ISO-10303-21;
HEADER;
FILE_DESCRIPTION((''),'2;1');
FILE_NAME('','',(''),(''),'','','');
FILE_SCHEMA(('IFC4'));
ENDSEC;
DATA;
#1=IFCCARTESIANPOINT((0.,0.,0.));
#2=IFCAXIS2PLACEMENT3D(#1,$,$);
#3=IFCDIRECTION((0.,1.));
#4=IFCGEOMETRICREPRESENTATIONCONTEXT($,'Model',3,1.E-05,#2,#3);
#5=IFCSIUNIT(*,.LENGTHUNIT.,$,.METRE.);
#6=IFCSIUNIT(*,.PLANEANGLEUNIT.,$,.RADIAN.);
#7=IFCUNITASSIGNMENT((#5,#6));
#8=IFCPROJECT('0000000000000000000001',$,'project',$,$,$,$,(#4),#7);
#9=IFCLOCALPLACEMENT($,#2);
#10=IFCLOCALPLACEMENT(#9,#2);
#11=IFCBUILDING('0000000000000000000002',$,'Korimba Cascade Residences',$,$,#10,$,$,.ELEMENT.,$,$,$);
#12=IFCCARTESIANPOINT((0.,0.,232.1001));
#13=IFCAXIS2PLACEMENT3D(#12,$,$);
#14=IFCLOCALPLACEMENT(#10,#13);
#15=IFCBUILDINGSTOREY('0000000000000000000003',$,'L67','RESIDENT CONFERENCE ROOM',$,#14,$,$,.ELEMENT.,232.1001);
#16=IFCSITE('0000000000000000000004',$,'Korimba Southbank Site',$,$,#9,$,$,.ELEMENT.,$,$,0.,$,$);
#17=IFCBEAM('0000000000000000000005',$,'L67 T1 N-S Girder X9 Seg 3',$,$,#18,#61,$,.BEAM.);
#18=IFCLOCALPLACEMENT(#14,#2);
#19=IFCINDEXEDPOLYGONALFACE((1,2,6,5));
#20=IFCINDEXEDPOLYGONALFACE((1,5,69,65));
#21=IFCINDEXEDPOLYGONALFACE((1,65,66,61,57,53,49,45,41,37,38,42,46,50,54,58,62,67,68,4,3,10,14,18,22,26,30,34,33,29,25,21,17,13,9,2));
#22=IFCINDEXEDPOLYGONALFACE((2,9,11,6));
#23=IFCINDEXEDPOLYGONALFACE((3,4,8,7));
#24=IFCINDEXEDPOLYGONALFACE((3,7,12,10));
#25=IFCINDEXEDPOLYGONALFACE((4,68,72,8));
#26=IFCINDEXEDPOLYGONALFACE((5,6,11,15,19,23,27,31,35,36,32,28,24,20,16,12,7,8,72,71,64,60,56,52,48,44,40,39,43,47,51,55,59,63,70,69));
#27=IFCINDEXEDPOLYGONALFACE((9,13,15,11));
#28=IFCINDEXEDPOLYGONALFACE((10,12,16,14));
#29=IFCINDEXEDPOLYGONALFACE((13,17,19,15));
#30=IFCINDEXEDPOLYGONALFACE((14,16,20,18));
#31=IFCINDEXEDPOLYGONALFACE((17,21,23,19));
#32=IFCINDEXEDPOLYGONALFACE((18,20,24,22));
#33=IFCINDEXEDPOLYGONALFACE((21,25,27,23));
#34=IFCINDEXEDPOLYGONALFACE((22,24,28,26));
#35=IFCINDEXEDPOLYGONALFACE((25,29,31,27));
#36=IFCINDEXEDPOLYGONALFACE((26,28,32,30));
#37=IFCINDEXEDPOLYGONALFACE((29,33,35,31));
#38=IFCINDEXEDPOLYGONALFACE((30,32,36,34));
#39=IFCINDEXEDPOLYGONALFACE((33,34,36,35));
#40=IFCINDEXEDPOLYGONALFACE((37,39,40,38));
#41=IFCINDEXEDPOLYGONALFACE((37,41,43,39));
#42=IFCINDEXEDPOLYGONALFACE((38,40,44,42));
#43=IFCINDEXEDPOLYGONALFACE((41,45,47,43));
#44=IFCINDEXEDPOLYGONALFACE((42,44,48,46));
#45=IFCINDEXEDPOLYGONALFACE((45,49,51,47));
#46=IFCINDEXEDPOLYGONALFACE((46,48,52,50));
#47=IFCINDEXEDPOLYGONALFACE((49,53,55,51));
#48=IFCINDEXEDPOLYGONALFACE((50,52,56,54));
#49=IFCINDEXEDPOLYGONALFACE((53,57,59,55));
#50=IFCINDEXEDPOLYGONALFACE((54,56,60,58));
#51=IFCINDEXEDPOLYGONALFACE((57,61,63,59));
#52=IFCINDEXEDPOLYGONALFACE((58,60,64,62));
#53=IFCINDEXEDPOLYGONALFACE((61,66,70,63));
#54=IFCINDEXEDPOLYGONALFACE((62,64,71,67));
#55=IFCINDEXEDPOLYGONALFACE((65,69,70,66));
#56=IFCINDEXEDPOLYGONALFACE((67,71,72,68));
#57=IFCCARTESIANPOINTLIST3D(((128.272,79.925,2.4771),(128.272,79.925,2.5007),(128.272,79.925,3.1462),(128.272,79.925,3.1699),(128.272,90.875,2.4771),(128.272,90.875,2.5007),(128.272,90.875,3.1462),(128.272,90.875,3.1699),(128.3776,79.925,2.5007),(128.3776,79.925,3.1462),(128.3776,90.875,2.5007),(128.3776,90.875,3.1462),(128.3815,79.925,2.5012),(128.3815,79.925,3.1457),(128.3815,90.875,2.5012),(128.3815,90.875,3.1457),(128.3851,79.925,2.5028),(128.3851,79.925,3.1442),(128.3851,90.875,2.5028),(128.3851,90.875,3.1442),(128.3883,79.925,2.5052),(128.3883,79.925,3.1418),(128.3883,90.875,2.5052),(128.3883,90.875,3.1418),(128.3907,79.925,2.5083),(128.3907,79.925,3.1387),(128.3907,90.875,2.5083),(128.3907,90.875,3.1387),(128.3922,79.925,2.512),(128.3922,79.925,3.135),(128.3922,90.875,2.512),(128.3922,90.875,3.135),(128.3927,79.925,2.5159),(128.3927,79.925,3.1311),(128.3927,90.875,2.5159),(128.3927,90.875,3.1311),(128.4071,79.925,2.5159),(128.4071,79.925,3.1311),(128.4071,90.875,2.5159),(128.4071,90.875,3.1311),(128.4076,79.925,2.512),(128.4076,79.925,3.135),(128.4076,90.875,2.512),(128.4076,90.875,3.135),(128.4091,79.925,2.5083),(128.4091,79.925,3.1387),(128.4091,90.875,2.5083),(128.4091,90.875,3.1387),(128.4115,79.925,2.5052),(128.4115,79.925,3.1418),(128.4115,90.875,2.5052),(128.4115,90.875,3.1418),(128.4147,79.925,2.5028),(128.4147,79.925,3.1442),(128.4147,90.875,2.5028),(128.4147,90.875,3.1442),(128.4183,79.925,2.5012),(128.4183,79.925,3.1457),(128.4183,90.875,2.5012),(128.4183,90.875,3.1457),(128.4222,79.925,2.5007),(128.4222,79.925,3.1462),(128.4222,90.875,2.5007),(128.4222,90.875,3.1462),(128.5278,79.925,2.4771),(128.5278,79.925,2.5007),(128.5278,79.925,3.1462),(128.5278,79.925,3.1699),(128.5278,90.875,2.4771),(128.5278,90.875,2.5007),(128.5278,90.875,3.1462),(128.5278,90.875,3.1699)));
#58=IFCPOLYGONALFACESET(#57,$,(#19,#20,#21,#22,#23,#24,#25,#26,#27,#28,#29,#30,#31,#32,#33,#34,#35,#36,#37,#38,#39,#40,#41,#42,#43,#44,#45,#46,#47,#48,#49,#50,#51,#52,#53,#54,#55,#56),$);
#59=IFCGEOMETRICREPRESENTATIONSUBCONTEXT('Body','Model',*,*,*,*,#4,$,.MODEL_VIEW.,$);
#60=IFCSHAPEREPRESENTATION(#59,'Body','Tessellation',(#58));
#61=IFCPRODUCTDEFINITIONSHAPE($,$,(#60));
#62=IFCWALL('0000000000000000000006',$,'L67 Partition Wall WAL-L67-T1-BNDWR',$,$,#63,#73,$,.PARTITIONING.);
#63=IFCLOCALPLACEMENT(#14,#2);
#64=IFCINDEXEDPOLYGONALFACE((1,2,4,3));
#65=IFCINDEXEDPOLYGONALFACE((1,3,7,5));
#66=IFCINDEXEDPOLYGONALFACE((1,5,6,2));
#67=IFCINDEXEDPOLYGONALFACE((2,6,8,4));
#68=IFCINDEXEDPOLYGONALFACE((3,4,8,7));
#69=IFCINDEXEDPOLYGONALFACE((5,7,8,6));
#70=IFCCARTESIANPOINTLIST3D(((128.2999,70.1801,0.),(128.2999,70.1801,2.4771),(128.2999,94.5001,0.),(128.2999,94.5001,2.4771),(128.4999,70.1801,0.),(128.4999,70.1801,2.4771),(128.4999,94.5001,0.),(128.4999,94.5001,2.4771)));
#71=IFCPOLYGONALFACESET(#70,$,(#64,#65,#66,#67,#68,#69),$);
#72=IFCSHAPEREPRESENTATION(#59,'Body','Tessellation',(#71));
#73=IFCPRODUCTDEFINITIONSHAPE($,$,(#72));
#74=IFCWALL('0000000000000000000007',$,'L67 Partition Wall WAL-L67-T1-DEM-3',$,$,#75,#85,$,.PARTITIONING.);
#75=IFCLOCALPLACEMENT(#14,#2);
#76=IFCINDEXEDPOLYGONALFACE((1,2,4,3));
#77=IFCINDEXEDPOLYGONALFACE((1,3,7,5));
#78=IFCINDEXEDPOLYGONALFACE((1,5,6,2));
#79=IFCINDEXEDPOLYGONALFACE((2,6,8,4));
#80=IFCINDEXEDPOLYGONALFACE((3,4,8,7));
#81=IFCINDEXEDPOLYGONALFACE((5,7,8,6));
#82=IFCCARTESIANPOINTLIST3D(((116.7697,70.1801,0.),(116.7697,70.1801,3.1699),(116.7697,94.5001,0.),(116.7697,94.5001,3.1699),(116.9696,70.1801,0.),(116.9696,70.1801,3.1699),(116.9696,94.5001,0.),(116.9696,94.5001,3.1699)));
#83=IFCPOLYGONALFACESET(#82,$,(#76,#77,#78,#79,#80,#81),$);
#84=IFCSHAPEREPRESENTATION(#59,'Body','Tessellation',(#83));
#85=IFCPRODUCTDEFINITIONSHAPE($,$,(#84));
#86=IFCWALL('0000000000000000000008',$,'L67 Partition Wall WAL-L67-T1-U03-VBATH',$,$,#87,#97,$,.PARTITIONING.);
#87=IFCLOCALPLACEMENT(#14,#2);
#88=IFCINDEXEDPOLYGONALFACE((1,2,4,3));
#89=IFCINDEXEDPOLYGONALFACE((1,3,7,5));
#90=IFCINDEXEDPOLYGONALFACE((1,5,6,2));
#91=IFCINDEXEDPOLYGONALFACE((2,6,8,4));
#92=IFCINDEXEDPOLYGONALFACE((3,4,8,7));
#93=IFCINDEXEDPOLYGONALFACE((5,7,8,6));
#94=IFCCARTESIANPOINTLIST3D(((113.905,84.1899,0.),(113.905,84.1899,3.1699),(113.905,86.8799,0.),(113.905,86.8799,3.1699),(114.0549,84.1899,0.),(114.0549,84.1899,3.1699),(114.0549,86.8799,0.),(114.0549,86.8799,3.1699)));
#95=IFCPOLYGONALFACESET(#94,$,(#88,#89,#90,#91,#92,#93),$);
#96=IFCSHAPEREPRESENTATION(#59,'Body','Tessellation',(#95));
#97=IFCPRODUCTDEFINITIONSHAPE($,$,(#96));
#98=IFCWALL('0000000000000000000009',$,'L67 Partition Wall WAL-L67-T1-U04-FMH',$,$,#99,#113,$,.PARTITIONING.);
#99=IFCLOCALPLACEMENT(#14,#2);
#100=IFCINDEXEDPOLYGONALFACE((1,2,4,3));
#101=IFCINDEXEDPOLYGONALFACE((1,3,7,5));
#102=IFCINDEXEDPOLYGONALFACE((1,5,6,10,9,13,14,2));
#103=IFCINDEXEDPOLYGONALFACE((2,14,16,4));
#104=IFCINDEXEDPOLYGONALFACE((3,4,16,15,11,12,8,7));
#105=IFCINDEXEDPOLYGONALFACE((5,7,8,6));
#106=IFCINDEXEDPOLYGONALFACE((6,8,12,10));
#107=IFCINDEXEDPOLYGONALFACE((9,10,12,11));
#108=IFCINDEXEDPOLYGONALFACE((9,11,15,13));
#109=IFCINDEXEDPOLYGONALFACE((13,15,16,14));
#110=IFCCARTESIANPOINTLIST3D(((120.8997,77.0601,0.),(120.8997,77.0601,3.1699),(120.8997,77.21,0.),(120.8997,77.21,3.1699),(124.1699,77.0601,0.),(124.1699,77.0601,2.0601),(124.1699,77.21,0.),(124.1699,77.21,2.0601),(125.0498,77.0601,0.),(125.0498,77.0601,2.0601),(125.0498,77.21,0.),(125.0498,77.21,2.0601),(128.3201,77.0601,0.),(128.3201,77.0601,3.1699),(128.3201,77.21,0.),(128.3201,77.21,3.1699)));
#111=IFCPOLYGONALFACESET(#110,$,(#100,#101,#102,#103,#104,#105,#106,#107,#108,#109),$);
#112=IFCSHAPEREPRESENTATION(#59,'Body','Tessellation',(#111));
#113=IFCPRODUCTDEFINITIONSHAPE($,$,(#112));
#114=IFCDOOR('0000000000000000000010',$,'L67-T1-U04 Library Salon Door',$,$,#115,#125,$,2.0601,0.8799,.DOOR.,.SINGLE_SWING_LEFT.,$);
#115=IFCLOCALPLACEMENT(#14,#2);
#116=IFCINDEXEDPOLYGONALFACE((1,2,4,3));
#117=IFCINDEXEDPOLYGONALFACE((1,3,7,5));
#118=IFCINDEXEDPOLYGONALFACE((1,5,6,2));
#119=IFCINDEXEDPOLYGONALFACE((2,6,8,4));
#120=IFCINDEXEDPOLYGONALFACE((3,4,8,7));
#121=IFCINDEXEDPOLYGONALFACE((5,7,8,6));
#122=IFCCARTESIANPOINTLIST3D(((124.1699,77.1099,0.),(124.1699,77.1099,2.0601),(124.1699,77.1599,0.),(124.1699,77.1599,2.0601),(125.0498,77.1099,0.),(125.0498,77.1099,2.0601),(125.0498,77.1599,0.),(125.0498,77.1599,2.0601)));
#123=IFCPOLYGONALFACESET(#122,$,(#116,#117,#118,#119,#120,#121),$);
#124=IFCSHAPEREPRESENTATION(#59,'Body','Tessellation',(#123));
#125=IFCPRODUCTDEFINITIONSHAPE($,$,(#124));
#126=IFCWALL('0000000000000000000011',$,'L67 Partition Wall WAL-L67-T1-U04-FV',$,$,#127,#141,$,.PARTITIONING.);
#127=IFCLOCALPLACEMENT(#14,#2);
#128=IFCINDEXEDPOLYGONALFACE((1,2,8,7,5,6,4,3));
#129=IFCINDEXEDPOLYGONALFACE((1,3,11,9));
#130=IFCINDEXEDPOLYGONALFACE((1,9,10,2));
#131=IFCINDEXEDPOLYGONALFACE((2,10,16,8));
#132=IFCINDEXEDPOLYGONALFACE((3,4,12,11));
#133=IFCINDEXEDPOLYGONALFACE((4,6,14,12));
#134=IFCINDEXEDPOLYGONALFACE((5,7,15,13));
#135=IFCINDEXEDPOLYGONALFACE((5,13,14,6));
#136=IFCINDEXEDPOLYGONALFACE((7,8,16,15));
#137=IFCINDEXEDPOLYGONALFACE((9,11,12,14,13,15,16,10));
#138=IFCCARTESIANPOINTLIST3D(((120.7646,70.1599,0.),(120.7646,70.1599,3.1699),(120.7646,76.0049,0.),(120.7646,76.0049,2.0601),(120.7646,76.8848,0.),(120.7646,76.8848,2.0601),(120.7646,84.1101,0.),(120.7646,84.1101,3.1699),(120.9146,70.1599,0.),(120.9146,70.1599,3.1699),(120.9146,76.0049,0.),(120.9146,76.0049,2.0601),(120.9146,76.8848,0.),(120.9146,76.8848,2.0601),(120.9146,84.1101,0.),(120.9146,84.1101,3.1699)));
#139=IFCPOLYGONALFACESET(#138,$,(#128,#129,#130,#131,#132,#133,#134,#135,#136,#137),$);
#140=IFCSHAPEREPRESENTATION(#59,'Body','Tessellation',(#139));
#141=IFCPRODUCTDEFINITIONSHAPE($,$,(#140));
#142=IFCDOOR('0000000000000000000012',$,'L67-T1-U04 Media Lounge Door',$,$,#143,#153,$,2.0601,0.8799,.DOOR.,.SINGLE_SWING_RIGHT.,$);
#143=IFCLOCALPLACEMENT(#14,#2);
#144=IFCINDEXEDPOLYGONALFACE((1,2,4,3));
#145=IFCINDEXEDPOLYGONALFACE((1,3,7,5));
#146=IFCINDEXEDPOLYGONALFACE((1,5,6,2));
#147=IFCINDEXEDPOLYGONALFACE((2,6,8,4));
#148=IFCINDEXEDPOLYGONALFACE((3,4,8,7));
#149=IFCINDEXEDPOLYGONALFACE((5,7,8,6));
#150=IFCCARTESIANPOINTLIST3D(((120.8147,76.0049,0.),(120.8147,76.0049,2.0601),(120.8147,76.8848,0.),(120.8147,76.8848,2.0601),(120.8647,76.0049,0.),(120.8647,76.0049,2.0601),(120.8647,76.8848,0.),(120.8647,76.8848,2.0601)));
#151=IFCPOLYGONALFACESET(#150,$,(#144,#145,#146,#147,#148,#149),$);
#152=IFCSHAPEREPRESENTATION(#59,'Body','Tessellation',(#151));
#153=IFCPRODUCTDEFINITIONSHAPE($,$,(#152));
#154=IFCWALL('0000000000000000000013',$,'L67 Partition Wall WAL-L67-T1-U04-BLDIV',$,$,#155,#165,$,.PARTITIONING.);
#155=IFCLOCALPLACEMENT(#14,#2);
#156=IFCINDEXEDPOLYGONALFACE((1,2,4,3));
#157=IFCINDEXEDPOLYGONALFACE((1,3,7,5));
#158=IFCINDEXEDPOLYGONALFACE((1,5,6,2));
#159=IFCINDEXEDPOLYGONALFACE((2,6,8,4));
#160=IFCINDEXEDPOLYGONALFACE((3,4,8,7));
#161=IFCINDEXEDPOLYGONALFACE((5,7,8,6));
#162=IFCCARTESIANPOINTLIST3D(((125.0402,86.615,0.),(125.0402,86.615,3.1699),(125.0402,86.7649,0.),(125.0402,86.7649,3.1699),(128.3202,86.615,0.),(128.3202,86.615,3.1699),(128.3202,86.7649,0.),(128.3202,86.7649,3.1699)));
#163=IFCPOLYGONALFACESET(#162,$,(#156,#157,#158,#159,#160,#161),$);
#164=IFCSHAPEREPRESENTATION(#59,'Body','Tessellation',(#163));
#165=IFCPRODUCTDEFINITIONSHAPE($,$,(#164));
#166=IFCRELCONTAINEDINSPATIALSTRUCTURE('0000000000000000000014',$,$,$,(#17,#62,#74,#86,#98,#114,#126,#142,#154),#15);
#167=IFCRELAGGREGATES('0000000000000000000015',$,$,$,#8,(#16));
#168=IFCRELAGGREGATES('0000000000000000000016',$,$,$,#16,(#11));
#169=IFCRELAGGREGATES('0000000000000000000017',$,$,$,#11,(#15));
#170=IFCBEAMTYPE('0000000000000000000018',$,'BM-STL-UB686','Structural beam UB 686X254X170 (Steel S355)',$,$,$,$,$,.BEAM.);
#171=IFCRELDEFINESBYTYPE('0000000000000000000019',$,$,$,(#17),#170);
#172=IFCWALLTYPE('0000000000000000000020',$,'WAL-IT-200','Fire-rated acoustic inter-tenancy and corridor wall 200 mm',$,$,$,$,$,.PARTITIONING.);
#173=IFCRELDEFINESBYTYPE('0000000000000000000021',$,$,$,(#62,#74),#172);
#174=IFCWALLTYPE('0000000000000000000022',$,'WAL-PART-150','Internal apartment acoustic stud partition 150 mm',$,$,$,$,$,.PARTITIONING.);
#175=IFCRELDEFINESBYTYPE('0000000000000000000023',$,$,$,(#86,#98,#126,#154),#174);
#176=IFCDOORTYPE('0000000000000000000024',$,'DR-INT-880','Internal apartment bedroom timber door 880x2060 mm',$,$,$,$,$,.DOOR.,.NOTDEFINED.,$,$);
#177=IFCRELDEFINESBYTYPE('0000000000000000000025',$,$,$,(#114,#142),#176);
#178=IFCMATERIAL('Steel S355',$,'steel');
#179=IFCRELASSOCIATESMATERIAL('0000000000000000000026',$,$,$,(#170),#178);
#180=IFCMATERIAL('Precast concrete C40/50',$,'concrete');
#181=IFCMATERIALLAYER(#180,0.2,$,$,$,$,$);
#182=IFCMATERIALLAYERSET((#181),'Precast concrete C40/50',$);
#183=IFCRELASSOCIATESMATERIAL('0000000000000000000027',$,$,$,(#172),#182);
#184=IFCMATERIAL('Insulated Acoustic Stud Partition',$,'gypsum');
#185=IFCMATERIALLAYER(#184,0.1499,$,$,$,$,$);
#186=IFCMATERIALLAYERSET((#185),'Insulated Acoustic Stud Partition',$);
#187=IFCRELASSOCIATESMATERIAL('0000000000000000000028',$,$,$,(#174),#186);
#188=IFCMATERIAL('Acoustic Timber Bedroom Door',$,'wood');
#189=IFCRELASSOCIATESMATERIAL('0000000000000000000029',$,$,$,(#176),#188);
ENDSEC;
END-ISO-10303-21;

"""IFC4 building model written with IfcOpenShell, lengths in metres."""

from ifc_helpers import new_model, si_unit, direction, frame, frame_2d, origin, origin_2d, place, context, subcontext, project, spatial, rectangle, i_section, extrude, material, layer, layer_set, material_profile, profile_set, type_object, element, fill, save


model = new_model("IFC4")

# Units and contexts
model_context = context("Model", 3, precision=1e-05, world=origin(), true_north=direction((0.0, 1.0)))
body_context = subcontext(model_context, "Body", "Model", "MODEL_VIEW")
ifc_project = project(units=[si_unit("LENGTHUNIT", "METRE"), si_unit("PLANEANGLEUNIT", "RADIAN")], contexts=[model_context])

# Site, building, storey
site_placement = place(None, origin())
site = spatial("IfcSite", under=ifc_project, at=site_placement, Name="Korimba Southbank Site", CompositionType="ELEMENT", RefElevation=0.0)
building_placement = place(site_placement, origin())
building = spatial("IfcBuilding", under=site, at=building_placement, Name="Korimba Cascade Residences", CompositionType="ELEMENT")
storey_placement = place(building_placement, frame((0.0, 0.0, 232.1001)))
storey = spatial("IfcBuildingStorey", under=building, at=storey_placement, Name="L67", Description="RESIDENT CONFERENCE ROOM", CompositionType="ELEMENT", Elevation=232.1001)

# Beam
ifc_material_1 = material(Name="Steel S355", Category="steel")
ifc_material_profile_1 = material_profile(ifc_material_1, i_section(OverallWidth=0.2559, OverallDepth=0.6929, WebThickness=0.0144, FlangeThickness=0.0237, FilletRadius=0.0151, at=origin_2d()), Name="Steel S355")
ifc_profile_set_1 = profile_set([ifc_material_profile_1], Name="Steel S355")
beam_type_1 = type_object("IfcBeamType", Name="BM-STL-UB686", Description="Structural beam UB 686X254X170 (Steel S355)", PredefinedType="BEAM", material=ifc_profile_set_1)
for number, where, z_axis, x_axis, name in (
    (1, (128.3999, 79.925, 2.8235), (0.0, 1.0, 0.0), (-1.0, 0.0, 0.0), "L67 T1 N-S Girder X9 Seg 3"),
):
    element("IfcBeam", number, at=place(storey_placement, frame(where, z_axis=z_axis, x_axis=x_axis)), inside=storey, type_object=beam_type_1, Name=name, PredefinedType="BEAM", context=body_context, shape_type="SweptSolid", body=[
        extrude(i_section(OverallWidth=0.2559, OverallDepth=0.6929, WebThickness=0.0144, FlangeThickness=0.0237, FilletRadius=0.0151, at=origin_2d()), origin(), (0.0, 0.0, 1.0), 10.95),
    ])

# Walls
ifc_material_2 = material(Name="Precast concrete C40/50", Category="concrete")
ifc_layer_1 = layer(ifc_material_2, 0.2)
ifc_layer_set_1 = layer_set([ifc_layer_1], Name="Precast concrete C40/50")
wall_type_1 = type_object("IfcWallType", Name="WAL-IT-200", Description="Fire-rated acoustic inter-tenancy and corridor wall 200 mm", PredefinedType="PARTITIONING", material=ifc_layer_set_1)
wall_1_placement = place(storey_placement, frame((128.3999, 70.1799, 0.0), z_axis=(0.0, 0.0, 1.0), x_axis=(0.0, 1.0, 0.0)))
element("IfcWall", 2, at=wall_1_placement, inside=storey, type_object=wall_type_1, Name="L67 Partition Wall WAL-L67-T1-BNDWR", PredefinedType="PARTITIONING", context=body_context, shape_type="SweptSolid", body=[
    extrude(rectangle(XDim=24.3201, YDim=0.2, at=frame_2d((12.1602, 0.0))), origin(), (0.0, 0.0, 1.0), 2.4771),
])
wall_2_placement = place(storey_placement, frame((116.8696, 70.1799, 0.0), z_axis=(0.0, 0.0, 1.0), x_axis=(0.0, 1.0, 0.0)))
element("IfcWall", 3, at=wall_2_placement, inside=storey, type_object=wall_type_1, Name="L67 Partition Wall WAL-L67-T1-DEM-3", PredefinedType="PARTITIONING", context=body_context, shape_type="SweptSolid", body=[
    extrude(rectangle(XDim=24.3201, YDim=0.2, at=frame_2d((12.1602, 0.0))), origin(), (0.0, 0.0, 1.0), 3.1699),
])
ifc_material_3 = material(Name="Insulated Acoustic Stud Partition", Category="gypsum")
ifc_layer_2 = layer(ifc_material_3, 0.1499)
ifc_layer_set_2 = layer_set([ifc_layer_2], Name="Insulated Acoustic Stud Partition")
wall_type_2 = type_object("IfcWallType", Name="WAL-PART-150", Description="Internal apartment acoustic stud partition 150 mm", PredefinedType="PARTITIONING", material=ifc_layer_set_2)
wall_3_placement = place(storey_placement, frame((113.98, 84.1899, 0.0), z_axis=(0.0, 0.0, 1.0), x_axis=(0.0, 1.0, 0.0)))
element("IfcWall", 4, at=wall_3_placement, inside=storey, type_object=wall_type_2, Name="L67 Partition Wall WAL-L67-T1-U03-VBATH", PredefinedType="PARTITIONING", context=body_context, shape_type="SweptSolid", body=[
    extrude(rectangle(XDim=2.6899, YDim=0.1499, at=frame_2d((1.345, 0.0))), origin(), (0.0, 0.0, 1.0), 3.1699),
])

# Walls, openings, doors
wall_4_placement = place(storey_placement, frame((120.8997, 77.135, 0.0), z_axis=(0.0, 0.0, 1.0), x_axis=(1.0, 0.0, 0.0)))
wall_4 = element("IfcWall", 5, at=wall_4_placement, inside=storey, type_object=wall_type_2, Name="L67 Partition Wall WAL-L67-T1-U04-FMH", PredefinedType="PARTITIONING", context=body_context, shape_type="SweptSolid", body=[
    extrude(rectangle(XDim=7.4204, YDim=0.1499, at=frame_2d((3.7102, 0.0))), origin(), (0.0, 0.0, 1.0), 3.1699),
])
opening_1_placement = place(wall_4_placement, frame((3.2703, 0.0, 0.0)))
opening_1 = element("IfcOpeningElement", 6, at=opening_1_placement, cuts=wall_4, PredefinedType="OPENING", context=body_context, shape_type="SweptSolid", body=[
    extrude(rectangle(XDim=0.8799, YDim=2.0601, at=frame_2d((0.4399, 1.03))), frame((0.0, 0.085, 0.0), z_axis=(0.0, -1.0, 0.0), x_axis=(1.0, 0.0, 0.0)), (0.0, 0.0, 1.0), 0.1699),
])
ifc_material_4 = material(Name="Acoustic Timber Bedroom Door", Category="wood")
door_type_1 = type_object("IfcDoorType", Name="DR-INT-880", Description="Internal apartment bedroom timber door 880x2060 mm", OperationType="NOTDEFINED", PredefinedType="DOOR", material=ifc_material_4)
door_1_placement = place(opening_1_placement, origin())
door_1 = element("IfcDoor", 7, at=door_1_placement, inside=storey, type_object=door_type_1, Name="L67-T1-U04 Library Salon Door", OperationType="SINGLE_SWING_LEFT", OverallHeight=2.0601, OverallWidth=0.8799, PredefinedType="DOOR", context=body_context, shape_type="SweptSolid", body=[
    extrude(rectangle(XDim=0.8799, YDim=2.0601, at=frame_2d((0.4399, 1.03))), frame((0.0, 0.0249, 0.0), z_axis=(0.0, -1.0, 0.0), x_axis=(1.0, 0.0, 0.0)), (0.0, 0.0, 1.0), 0.05),
])
fill(opening_1, door_1)
wall_5_placement = place(storey_placement, frame((120.8396, 70.1599, 0.0), z_axis=(0.0, 0.0, 1.0), x_axis=(0.0, 1.0, 0.0)))
wall_5 = element("IfcWall", 8, at=wall_5_placement, inside=storey, type_object=wall_type_2, Name="L67 Partition Wall WAL-L67-T1-U04-FV", PredefinedType="PARTITIONING", context=body_context, shape_type="SweptSolid", body=[
    extrude(rectangle(XDim=13.9502, YDim=0.1499, at=frame_2d((6.9751, 0.0))), origin(), (0.0, 0.0, 1.0), 3.1699),
])
opening_2_placement = place(wall_5_placement, frame((5.845, 0.0, 0.0)))
opening_2 = element("IfcOpeningElement", 9, at=opening_2_placement, cuts=wall_5, PredefinedType="OPENING", context=body_context, shape_type="SweptSolid", body=[
    extrude(rectangle(XDim=0.8799, YDim=2.0601, at=frame_2d((0.4399, 1.03))), frame((0.0, 0.085, 0.0), z_axis=(0.0, -1.0, 0.0), x_axis=(1.0, 0.0, 0.0)), (0.0, 0.0, 1.0), 0.1699),
])
door_2_placement = place(opening_2_placement, origin())
door_2 = element("IfcDoor", 10, at=door_2_placement, inside=storey, type_object=door_type_1, Name="L67-T1-U04 Media Lounge Door", OperationType="SINGLE_SWING_RIGHT", OverallHeight=2.0601, OverallWidth=0.8799, PredefinedType="DOOR", context=body_context, shape_type="SweptSolid", body=[
    extrude(rectangle(XDim=0.8799, YDim=2.0601, at=frame_2d((0.4399, 1.03))), frame((0.0, 0.0249, 0.0), z_axis=(0.0, -1.0, 0.0), x_axis=(1.0, 0.0, 0.0)), (0.0, 0.0, 1.0), 0.05),
])
fill(opening_2, door_2)

# Wall
wall_6_placement = place(storey_placement, frame((125.04, 86.6899, 0.0), z_axis=(0.0, 0.0, 1.0), x_axis=(1.0, 0.0, 0.0)))
element("IfcWall", 11, at=wall_6_placement, inside=storey, type_object=wall_type_2, Name="L67 Partition Wall WAL-L67-T1-U04-BLDIV", PredefinedType="PARTITIONING", context=body_context, shape_type="SweptSolid", body=[
    extrude(rectangle(XDim=3.28, YDim=0.1499, at=frame_2d((1.6401, 0.0))), origin(), (0.0, 0.0, 1.0), 3.1699),
])

save(model, "model.ifc")
